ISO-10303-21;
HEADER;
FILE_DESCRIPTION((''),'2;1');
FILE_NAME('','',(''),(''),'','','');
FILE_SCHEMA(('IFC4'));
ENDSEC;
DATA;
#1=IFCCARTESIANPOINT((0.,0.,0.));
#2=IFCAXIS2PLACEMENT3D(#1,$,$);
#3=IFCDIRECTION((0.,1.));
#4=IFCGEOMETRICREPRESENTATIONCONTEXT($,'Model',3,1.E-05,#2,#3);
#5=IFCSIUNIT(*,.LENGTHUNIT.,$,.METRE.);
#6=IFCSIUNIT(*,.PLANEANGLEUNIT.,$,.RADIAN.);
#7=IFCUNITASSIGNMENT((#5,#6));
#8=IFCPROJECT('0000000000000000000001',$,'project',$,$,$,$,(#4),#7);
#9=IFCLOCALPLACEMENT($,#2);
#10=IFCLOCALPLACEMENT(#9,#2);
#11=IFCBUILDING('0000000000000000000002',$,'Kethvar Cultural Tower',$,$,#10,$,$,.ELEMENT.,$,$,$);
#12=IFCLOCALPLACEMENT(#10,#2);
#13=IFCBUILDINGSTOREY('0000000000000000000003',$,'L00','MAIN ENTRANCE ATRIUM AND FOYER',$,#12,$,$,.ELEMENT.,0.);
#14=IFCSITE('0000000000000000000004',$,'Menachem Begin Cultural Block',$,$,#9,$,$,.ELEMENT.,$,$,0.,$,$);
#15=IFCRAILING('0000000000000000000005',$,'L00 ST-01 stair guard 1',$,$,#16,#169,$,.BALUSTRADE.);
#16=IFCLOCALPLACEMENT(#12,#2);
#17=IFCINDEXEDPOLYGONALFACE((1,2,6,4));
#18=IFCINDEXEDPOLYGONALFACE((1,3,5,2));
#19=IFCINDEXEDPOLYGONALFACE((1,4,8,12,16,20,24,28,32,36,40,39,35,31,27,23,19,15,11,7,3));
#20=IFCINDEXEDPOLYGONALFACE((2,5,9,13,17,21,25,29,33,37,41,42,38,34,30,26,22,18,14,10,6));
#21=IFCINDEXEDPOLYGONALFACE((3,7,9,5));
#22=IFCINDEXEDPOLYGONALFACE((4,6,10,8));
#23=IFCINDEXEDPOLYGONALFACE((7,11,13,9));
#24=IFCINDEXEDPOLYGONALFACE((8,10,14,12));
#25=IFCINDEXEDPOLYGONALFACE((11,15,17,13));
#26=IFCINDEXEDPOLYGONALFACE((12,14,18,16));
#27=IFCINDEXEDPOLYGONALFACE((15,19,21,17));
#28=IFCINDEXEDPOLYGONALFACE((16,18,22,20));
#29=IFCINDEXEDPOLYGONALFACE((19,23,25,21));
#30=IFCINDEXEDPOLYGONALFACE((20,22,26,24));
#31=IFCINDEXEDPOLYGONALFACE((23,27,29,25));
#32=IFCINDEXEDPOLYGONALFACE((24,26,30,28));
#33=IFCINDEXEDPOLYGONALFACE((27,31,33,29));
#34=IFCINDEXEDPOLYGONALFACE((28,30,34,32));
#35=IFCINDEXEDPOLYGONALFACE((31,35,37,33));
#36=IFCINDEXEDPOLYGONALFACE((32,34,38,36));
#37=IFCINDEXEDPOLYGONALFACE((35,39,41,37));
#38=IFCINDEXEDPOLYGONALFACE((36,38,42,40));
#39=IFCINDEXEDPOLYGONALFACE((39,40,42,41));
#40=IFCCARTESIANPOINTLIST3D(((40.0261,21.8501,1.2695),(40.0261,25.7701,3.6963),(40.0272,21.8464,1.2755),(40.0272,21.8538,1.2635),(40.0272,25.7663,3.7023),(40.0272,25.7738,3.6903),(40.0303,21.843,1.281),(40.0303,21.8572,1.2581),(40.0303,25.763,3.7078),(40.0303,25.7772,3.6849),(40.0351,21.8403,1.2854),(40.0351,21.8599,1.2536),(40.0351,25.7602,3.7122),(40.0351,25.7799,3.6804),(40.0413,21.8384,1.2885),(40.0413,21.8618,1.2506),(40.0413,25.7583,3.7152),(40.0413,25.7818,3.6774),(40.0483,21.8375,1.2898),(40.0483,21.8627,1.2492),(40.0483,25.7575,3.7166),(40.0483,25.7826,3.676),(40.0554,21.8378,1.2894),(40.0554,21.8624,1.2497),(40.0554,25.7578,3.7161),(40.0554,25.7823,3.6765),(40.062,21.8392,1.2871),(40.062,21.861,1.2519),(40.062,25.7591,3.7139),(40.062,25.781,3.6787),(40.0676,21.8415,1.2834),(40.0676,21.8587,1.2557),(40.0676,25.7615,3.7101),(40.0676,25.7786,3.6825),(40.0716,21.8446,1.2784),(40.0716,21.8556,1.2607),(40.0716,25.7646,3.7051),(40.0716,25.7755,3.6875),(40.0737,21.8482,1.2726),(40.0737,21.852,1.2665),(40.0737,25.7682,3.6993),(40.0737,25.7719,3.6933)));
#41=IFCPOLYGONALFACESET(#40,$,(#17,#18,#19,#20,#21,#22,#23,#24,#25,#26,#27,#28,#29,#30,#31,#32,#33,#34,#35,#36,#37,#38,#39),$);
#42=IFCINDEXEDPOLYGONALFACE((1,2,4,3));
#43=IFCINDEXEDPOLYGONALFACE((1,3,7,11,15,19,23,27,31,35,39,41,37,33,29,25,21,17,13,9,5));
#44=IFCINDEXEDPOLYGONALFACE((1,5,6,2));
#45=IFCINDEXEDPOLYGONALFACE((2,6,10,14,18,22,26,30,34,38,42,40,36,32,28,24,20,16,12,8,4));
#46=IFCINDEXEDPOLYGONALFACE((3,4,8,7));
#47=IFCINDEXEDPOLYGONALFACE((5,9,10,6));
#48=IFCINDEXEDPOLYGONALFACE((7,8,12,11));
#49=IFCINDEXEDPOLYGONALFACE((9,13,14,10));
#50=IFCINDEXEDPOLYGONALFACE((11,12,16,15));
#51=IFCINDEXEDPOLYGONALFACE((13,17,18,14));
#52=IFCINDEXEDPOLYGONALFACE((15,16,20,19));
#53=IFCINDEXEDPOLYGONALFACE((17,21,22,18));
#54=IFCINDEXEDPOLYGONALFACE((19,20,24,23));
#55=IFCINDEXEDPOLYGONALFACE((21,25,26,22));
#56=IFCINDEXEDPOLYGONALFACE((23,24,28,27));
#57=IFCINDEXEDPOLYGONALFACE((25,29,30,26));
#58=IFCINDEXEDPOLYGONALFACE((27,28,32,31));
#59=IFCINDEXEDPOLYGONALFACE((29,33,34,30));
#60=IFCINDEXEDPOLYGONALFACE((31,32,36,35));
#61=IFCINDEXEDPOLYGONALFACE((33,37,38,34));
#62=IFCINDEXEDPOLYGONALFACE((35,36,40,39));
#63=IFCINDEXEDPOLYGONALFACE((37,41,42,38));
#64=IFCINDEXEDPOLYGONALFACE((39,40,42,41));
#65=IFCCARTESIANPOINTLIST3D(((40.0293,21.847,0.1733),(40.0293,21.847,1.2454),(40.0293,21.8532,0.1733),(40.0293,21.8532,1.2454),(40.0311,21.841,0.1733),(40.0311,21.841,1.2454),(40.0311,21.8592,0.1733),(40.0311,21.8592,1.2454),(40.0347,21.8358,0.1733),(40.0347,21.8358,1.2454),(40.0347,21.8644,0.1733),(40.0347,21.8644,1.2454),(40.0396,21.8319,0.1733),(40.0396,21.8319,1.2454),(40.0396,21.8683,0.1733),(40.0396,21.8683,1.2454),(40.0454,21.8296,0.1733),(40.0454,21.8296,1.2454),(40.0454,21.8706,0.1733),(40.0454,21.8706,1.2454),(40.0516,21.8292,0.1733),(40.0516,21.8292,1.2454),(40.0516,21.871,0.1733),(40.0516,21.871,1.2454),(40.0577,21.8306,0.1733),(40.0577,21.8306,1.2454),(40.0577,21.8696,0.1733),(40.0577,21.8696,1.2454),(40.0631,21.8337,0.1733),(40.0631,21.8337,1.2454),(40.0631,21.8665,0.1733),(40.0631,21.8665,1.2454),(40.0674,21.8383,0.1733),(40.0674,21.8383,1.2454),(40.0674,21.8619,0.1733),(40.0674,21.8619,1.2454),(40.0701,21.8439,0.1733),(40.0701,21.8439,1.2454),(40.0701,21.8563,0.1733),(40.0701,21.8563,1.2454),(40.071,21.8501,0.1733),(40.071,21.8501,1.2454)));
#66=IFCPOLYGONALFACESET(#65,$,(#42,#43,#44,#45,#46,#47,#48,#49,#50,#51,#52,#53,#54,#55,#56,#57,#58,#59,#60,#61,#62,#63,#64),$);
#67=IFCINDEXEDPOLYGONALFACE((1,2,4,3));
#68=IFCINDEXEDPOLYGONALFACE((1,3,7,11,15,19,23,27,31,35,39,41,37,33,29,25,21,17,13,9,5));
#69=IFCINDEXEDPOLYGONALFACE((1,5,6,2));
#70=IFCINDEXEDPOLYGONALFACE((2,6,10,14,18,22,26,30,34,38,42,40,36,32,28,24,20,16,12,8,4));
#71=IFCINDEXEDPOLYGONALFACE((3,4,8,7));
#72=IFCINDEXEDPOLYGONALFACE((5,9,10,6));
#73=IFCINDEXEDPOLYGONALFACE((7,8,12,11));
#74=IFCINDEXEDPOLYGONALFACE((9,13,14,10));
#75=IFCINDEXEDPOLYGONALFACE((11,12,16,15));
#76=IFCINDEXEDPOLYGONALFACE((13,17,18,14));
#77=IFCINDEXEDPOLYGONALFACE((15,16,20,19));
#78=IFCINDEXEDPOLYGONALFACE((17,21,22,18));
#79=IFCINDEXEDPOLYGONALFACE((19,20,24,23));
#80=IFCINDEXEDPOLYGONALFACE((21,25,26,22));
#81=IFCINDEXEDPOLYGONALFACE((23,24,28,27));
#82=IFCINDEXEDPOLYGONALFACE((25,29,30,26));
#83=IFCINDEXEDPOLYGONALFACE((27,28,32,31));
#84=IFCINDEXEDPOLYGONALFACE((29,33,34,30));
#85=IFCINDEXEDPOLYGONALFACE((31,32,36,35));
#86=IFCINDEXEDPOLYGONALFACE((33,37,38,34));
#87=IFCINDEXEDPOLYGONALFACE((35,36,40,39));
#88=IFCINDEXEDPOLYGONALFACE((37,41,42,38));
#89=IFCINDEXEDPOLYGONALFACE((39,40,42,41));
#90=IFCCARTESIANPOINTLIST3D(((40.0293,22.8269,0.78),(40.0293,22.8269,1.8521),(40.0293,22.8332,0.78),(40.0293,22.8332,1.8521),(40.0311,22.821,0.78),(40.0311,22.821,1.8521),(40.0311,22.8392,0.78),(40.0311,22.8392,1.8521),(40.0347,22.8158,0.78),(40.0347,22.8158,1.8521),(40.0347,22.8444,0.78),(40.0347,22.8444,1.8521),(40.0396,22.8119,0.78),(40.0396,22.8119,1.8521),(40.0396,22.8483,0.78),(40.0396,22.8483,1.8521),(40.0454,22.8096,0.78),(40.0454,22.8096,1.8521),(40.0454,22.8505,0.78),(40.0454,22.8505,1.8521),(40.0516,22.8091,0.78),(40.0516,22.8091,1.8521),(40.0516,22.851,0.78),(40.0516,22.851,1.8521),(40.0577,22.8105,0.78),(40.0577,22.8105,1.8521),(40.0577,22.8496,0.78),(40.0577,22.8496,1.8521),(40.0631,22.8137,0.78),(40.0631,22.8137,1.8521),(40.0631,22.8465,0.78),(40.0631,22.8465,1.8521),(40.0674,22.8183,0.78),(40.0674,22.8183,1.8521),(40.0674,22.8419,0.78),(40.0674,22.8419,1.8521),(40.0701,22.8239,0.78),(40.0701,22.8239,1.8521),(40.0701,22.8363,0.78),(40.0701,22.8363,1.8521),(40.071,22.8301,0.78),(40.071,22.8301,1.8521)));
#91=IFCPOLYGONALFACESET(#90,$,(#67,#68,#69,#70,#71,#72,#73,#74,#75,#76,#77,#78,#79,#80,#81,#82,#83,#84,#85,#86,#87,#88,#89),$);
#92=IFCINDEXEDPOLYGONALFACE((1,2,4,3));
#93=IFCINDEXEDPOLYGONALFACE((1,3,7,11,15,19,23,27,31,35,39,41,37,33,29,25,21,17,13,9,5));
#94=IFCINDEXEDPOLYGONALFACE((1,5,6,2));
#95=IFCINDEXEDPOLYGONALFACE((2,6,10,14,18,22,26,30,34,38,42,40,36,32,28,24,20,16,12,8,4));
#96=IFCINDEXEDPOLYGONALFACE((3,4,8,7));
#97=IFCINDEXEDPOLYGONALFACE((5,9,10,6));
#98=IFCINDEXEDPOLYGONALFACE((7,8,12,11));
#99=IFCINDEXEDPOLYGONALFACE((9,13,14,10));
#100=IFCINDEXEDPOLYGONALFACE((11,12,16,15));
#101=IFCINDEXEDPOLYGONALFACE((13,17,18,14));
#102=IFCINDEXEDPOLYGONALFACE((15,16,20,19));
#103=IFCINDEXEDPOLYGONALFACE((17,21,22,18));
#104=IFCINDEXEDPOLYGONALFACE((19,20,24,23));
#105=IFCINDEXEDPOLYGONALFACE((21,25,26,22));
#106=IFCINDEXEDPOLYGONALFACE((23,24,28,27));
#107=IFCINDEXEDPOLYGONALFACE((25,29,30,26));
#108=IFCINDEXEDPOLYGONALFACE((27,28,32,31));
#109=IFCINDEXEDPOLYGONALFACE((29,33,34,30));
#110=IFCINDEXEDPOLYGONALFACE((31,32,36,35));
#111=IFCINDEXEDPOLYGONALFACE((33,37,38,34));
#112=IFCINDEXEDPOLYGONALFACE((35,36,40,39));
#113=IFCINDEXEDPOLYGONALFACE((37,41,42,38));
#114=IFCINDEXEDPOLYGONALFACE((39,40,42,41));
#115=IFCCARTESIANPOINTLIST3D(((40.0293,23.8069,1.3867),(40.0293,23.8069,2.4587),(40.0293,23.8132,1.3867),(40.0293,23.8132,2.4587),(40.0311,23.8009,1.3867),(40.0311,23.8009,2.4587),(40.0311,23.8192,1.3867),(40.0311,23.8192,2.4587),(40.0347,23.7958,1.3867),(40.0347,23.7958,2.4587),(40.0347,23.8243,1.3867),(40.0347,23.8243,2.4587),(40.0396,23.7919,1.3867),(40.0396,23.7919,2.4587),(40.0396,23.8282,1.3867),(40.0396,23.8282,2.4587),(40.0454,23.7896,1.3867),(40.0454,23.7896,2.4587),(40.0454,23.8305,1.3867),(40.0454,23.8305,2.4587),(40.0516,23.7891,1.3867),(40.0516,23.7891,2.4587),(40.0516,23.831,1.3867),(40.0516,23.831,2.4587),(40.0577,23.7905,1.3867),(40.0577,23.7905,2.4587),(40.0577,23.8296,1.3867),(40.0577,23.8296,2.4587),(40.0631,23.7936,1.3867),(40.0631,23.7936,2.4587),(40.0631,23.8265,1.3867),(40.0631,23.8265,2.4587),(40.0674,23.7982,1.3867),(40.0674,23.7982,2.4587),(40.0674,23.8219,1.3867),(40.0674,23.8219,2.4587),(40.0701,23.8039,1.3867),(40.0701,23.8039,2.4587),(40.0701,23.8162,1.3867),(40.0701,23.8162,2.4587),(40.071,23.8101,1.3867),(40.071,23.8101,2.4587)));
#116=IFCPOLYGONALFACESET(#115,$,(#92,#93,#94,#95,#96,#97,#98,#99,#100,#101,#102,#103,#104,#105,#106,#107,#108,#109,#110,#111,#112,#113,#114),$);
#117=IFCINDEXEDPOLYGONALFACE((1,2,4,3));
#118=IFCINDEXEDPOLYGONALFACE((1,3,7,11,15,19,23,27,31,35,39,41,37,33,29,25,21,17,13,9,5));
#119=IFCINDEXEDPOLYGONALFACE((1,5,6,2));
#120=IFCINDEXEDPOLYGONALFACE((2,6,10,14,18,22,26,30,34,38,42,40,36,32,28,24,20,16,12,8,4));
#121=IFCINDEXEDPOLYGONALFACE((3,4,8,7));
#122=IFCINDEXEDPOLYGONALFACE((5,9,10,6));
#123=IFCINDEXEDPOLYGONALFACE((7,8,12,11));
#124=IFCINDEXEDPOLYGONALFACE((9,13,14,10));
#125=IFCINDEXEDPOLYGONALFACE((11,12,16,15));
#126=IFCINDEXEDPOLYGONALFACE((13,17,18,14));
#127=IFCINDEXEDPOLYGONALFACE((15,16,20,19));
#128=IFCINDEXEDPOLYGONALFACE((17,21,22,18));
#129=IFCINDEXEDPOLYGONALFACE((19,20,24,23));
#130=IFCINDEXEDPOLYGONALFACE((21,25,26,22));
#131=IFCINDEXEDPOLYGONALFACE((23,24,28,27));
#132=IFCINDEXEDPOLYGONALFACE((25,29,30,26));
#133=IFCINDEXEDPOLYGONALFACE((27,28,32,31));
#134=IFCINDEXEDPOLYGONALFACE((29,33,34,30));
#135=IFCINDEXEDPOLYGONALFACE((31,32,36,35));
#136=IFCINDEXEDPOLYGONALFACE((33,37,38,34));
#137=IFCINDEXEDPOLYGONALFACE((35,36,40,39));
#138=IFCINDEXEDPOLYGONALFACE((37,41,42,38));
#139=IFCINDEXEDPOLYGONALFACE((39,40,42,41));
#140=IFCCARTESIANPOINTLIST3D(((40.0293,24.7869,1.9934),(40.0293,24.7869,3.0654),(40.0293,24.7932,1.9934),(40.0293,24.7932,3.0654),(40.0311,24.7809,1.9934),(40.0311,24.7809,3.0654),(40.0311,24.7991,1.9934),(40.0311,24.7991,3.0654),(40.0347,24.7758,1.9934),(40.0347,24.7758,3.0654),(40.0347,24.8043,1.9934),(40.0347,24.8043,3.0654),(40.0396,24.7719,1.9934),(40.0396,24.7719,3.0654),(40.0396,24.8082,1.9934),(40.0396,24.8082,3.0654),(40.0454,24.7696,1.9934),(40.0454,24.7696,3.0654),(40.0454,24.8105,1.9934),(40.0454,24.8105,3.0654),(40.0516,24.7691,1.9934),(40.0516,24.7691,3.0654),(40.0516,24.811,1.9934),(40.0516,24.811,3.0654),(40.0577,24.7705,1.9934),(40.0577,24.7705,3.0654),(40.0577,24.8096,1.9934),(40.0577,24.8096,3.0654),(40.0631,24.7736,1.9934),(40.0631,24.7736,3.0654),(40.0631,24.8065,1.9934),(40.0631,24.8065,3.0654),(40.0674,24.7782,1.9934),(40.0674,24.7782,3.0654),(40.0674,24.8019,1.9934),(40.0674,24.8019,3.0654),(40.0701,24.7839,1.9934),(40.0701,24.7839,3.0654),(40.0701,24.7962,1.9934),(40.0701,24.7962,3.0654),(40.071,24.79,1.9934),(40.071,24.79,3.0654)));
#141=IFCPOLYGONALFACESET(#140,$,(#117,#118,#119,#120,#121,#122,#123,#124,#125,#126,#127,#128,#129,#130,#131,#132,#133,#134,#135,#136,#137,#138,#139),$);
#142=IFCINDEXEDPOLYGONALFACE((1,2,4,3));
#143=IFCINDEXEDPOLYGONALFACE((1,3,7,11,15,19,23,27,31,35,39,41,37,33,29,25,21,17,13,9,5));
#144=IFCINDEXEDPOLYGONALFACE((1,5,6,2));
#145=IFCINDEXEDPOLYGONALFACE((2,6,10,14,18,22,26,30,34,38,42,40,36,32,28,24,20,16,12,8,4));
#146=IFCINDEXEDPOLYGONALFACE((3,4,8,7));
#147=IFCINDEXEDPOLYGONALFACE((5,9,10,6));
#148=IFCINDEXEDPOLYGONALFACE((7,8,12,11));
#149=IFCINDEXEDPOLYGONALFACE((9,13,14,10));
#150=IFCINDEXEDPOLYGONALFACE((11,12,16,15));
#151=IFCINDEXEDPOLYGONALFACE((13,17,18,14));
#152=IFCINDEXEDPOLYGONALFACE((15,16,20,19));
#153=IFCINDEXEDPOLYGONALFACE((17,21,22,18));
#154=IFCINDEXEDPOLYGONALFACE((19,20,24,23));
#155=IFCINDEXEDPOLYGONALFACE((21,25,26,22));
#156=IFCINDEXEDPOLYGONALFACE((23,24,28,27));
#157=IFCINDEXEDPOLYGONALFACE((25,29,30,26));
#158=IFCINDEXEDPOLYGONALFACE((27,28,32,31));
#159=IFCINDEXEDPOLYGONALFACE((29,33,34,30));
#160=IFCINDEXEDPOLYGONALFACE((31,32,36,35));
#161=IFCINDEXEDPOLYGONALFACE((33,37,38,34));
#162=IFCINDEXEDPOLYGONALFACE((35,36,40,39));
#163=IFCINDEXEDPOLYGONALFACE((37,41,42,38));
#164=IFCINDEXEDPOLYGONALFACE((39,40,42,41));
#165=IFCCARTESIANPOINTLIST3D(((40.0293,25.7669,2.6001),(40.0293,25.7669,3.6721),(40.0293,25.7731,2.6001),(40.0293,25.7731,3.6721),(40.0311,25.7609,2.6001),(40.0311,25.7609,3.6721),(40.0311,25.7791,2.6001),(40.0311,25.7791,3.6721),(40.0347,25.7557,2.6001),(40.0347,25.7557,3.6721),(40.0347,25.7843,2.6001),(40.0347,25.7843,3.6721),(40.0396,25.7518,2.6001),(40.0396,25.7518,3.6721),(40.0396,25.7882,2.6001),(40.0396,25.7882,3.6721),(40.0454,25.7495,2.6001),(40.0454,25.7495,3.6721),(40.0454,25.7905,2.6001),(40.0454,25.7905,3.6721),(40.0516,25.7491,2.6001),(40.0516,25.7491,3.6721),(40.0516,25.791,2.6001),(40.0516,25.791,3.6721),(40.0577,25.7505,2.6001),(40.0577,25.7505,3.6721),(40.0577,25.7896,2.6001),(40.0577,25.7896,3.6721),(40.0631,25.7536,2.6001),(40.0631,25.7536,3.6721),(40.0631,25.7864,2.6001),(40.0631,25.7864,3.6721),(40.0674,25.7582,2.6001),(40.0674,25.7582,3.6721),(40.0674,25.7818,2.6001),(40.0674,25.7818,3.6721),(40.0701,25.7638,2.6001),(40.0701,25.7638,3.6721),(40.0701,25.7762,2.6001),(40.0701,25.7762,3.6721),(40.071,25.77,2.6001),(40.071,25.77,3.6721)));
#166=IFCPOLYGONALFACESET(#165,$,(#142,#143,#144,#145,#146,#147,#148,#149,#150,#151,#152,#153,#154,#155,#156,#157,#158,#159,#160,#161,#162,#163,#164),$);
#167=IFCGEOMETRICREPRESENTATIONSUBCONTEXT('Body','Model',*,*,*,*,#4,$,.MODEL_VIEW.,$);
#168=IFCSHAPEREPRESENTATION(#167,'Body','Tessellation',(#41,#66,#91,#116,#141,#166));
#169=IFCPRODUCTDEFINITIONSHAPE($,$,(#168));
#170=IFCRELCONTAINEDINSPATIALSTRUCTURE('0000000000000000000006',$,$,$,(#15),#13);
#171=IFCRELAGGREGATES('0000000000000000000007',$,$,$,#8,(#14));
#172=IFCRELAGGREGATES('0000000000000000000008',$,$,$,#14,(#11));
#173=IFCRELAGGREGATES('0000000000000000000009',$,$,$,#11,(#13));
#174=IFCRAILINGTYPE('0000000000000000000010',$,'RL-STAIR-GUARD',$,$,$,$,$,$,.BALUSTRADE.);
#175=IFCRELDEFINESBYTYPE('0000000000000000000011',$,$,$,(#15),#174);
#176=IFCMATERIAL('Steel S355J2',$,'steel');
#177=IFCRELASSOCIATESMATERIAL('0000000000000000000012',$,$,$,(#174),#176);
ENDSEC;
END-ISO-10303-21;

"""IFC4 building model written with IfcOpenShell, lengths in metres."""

from ifc_helpers import new_model, si_unit, direction, frame, origin, origin_2d, place, context, subcontext, project, spatial, circle, extrude, material, type_object, element, save


model = new_model("IFC4")

# Units and contexts
model_context = context("Model", 3, precision=1e-05, world=origin(), true_north=direction((0.0, 1.0)))
body_context = subcontext(model_context, "Body", "Model", "MODEL_VIEW")
ifc_project = project(units=[si_unit("LENGTHUNIT", "METRE"), si_unit("PLANEANGLEUNIT", "RADIAN")], contexts=[model_context])

# Site, building, storey
site_placement = place(None, origin())
site = spatial("IfcSite", under=ifc_project, at=site_placement, Name="Menachem Begin Cultural Block", CompositionType="ELEMENT", RefElevation=0.0)
building_placement = place(site_placement, origin())
building = spatial("IfcBuilding", under=site, at=building_placement, Name="Kethvar Cultural Tower", CompositionType="ELEMENT")
storey_placement = place(building_placement, origin())
storey = spatial("IfcBuildingStorey", under=building, at=storey_placement, Name="L00", Description="MAIN ENTRANCE ATRIUM AND FOYER", CompositionType="ELEMENT", Elevation=0.0)

# Shared definitions
ifc_material_1 = material(Name="Steel S355J2", Category="steel")

# Railing
railing_type_1 = type_object("IfcRailingType", Name="RL-STAIR-GUARD", PredefinedType="BALUSTRADE", material=ifc_material_1)
railing_1_placement = place(storey_placement, frame((40.05, 21.8501, 0.1733)))
element("IfcRailing", 1, at=railing_1_placement, inside=storey, type_object=railing_type_1, Name="L00 ST-01 stair guard 1", PredefinedType="BALUSTRADE", context=body_context, shape_type="SweptSolid", body=[
    extrude(circle(Radius=0.0239, at=origin_2d()), frame((0.0, 0.0, 1.0962), z_axis=(0.0, 0.850252, 0.526376), x_axis=(-1.0, 0.0, 0.0)), (0.0, 0.0, 1.0), 4.6104),
    extrude(circle(Radius=0.021, at=origin_2d()), origin(), (0.0, 0.0, 1.0), 1.072),
    extrude(circle(Radius=0.021, at=origin_2d()), frame((0.0, 0.98, 0.6067)), (0.0, 0.0, 1.0), 1.072),
    extrude(circle(Radius=0.021, at=origin_2d()), frame((0.0, 1.96, 1.2134)), (0.0, 0.0, 1.0), 1.072),
    extrude(circle(Radius=0.021, at=origin_2d()), frame((0.0, 2.9399, 1.8201)), (0.0, 0.0, 1.0), 1.072),
    extrude(circle(Radius=0.021, at=origin_2d()), frame((0.0, 3.9199, 2.4268)), (0.0, 0.0, 1.0), 1.072),
])

save(model, "model.ifc")
